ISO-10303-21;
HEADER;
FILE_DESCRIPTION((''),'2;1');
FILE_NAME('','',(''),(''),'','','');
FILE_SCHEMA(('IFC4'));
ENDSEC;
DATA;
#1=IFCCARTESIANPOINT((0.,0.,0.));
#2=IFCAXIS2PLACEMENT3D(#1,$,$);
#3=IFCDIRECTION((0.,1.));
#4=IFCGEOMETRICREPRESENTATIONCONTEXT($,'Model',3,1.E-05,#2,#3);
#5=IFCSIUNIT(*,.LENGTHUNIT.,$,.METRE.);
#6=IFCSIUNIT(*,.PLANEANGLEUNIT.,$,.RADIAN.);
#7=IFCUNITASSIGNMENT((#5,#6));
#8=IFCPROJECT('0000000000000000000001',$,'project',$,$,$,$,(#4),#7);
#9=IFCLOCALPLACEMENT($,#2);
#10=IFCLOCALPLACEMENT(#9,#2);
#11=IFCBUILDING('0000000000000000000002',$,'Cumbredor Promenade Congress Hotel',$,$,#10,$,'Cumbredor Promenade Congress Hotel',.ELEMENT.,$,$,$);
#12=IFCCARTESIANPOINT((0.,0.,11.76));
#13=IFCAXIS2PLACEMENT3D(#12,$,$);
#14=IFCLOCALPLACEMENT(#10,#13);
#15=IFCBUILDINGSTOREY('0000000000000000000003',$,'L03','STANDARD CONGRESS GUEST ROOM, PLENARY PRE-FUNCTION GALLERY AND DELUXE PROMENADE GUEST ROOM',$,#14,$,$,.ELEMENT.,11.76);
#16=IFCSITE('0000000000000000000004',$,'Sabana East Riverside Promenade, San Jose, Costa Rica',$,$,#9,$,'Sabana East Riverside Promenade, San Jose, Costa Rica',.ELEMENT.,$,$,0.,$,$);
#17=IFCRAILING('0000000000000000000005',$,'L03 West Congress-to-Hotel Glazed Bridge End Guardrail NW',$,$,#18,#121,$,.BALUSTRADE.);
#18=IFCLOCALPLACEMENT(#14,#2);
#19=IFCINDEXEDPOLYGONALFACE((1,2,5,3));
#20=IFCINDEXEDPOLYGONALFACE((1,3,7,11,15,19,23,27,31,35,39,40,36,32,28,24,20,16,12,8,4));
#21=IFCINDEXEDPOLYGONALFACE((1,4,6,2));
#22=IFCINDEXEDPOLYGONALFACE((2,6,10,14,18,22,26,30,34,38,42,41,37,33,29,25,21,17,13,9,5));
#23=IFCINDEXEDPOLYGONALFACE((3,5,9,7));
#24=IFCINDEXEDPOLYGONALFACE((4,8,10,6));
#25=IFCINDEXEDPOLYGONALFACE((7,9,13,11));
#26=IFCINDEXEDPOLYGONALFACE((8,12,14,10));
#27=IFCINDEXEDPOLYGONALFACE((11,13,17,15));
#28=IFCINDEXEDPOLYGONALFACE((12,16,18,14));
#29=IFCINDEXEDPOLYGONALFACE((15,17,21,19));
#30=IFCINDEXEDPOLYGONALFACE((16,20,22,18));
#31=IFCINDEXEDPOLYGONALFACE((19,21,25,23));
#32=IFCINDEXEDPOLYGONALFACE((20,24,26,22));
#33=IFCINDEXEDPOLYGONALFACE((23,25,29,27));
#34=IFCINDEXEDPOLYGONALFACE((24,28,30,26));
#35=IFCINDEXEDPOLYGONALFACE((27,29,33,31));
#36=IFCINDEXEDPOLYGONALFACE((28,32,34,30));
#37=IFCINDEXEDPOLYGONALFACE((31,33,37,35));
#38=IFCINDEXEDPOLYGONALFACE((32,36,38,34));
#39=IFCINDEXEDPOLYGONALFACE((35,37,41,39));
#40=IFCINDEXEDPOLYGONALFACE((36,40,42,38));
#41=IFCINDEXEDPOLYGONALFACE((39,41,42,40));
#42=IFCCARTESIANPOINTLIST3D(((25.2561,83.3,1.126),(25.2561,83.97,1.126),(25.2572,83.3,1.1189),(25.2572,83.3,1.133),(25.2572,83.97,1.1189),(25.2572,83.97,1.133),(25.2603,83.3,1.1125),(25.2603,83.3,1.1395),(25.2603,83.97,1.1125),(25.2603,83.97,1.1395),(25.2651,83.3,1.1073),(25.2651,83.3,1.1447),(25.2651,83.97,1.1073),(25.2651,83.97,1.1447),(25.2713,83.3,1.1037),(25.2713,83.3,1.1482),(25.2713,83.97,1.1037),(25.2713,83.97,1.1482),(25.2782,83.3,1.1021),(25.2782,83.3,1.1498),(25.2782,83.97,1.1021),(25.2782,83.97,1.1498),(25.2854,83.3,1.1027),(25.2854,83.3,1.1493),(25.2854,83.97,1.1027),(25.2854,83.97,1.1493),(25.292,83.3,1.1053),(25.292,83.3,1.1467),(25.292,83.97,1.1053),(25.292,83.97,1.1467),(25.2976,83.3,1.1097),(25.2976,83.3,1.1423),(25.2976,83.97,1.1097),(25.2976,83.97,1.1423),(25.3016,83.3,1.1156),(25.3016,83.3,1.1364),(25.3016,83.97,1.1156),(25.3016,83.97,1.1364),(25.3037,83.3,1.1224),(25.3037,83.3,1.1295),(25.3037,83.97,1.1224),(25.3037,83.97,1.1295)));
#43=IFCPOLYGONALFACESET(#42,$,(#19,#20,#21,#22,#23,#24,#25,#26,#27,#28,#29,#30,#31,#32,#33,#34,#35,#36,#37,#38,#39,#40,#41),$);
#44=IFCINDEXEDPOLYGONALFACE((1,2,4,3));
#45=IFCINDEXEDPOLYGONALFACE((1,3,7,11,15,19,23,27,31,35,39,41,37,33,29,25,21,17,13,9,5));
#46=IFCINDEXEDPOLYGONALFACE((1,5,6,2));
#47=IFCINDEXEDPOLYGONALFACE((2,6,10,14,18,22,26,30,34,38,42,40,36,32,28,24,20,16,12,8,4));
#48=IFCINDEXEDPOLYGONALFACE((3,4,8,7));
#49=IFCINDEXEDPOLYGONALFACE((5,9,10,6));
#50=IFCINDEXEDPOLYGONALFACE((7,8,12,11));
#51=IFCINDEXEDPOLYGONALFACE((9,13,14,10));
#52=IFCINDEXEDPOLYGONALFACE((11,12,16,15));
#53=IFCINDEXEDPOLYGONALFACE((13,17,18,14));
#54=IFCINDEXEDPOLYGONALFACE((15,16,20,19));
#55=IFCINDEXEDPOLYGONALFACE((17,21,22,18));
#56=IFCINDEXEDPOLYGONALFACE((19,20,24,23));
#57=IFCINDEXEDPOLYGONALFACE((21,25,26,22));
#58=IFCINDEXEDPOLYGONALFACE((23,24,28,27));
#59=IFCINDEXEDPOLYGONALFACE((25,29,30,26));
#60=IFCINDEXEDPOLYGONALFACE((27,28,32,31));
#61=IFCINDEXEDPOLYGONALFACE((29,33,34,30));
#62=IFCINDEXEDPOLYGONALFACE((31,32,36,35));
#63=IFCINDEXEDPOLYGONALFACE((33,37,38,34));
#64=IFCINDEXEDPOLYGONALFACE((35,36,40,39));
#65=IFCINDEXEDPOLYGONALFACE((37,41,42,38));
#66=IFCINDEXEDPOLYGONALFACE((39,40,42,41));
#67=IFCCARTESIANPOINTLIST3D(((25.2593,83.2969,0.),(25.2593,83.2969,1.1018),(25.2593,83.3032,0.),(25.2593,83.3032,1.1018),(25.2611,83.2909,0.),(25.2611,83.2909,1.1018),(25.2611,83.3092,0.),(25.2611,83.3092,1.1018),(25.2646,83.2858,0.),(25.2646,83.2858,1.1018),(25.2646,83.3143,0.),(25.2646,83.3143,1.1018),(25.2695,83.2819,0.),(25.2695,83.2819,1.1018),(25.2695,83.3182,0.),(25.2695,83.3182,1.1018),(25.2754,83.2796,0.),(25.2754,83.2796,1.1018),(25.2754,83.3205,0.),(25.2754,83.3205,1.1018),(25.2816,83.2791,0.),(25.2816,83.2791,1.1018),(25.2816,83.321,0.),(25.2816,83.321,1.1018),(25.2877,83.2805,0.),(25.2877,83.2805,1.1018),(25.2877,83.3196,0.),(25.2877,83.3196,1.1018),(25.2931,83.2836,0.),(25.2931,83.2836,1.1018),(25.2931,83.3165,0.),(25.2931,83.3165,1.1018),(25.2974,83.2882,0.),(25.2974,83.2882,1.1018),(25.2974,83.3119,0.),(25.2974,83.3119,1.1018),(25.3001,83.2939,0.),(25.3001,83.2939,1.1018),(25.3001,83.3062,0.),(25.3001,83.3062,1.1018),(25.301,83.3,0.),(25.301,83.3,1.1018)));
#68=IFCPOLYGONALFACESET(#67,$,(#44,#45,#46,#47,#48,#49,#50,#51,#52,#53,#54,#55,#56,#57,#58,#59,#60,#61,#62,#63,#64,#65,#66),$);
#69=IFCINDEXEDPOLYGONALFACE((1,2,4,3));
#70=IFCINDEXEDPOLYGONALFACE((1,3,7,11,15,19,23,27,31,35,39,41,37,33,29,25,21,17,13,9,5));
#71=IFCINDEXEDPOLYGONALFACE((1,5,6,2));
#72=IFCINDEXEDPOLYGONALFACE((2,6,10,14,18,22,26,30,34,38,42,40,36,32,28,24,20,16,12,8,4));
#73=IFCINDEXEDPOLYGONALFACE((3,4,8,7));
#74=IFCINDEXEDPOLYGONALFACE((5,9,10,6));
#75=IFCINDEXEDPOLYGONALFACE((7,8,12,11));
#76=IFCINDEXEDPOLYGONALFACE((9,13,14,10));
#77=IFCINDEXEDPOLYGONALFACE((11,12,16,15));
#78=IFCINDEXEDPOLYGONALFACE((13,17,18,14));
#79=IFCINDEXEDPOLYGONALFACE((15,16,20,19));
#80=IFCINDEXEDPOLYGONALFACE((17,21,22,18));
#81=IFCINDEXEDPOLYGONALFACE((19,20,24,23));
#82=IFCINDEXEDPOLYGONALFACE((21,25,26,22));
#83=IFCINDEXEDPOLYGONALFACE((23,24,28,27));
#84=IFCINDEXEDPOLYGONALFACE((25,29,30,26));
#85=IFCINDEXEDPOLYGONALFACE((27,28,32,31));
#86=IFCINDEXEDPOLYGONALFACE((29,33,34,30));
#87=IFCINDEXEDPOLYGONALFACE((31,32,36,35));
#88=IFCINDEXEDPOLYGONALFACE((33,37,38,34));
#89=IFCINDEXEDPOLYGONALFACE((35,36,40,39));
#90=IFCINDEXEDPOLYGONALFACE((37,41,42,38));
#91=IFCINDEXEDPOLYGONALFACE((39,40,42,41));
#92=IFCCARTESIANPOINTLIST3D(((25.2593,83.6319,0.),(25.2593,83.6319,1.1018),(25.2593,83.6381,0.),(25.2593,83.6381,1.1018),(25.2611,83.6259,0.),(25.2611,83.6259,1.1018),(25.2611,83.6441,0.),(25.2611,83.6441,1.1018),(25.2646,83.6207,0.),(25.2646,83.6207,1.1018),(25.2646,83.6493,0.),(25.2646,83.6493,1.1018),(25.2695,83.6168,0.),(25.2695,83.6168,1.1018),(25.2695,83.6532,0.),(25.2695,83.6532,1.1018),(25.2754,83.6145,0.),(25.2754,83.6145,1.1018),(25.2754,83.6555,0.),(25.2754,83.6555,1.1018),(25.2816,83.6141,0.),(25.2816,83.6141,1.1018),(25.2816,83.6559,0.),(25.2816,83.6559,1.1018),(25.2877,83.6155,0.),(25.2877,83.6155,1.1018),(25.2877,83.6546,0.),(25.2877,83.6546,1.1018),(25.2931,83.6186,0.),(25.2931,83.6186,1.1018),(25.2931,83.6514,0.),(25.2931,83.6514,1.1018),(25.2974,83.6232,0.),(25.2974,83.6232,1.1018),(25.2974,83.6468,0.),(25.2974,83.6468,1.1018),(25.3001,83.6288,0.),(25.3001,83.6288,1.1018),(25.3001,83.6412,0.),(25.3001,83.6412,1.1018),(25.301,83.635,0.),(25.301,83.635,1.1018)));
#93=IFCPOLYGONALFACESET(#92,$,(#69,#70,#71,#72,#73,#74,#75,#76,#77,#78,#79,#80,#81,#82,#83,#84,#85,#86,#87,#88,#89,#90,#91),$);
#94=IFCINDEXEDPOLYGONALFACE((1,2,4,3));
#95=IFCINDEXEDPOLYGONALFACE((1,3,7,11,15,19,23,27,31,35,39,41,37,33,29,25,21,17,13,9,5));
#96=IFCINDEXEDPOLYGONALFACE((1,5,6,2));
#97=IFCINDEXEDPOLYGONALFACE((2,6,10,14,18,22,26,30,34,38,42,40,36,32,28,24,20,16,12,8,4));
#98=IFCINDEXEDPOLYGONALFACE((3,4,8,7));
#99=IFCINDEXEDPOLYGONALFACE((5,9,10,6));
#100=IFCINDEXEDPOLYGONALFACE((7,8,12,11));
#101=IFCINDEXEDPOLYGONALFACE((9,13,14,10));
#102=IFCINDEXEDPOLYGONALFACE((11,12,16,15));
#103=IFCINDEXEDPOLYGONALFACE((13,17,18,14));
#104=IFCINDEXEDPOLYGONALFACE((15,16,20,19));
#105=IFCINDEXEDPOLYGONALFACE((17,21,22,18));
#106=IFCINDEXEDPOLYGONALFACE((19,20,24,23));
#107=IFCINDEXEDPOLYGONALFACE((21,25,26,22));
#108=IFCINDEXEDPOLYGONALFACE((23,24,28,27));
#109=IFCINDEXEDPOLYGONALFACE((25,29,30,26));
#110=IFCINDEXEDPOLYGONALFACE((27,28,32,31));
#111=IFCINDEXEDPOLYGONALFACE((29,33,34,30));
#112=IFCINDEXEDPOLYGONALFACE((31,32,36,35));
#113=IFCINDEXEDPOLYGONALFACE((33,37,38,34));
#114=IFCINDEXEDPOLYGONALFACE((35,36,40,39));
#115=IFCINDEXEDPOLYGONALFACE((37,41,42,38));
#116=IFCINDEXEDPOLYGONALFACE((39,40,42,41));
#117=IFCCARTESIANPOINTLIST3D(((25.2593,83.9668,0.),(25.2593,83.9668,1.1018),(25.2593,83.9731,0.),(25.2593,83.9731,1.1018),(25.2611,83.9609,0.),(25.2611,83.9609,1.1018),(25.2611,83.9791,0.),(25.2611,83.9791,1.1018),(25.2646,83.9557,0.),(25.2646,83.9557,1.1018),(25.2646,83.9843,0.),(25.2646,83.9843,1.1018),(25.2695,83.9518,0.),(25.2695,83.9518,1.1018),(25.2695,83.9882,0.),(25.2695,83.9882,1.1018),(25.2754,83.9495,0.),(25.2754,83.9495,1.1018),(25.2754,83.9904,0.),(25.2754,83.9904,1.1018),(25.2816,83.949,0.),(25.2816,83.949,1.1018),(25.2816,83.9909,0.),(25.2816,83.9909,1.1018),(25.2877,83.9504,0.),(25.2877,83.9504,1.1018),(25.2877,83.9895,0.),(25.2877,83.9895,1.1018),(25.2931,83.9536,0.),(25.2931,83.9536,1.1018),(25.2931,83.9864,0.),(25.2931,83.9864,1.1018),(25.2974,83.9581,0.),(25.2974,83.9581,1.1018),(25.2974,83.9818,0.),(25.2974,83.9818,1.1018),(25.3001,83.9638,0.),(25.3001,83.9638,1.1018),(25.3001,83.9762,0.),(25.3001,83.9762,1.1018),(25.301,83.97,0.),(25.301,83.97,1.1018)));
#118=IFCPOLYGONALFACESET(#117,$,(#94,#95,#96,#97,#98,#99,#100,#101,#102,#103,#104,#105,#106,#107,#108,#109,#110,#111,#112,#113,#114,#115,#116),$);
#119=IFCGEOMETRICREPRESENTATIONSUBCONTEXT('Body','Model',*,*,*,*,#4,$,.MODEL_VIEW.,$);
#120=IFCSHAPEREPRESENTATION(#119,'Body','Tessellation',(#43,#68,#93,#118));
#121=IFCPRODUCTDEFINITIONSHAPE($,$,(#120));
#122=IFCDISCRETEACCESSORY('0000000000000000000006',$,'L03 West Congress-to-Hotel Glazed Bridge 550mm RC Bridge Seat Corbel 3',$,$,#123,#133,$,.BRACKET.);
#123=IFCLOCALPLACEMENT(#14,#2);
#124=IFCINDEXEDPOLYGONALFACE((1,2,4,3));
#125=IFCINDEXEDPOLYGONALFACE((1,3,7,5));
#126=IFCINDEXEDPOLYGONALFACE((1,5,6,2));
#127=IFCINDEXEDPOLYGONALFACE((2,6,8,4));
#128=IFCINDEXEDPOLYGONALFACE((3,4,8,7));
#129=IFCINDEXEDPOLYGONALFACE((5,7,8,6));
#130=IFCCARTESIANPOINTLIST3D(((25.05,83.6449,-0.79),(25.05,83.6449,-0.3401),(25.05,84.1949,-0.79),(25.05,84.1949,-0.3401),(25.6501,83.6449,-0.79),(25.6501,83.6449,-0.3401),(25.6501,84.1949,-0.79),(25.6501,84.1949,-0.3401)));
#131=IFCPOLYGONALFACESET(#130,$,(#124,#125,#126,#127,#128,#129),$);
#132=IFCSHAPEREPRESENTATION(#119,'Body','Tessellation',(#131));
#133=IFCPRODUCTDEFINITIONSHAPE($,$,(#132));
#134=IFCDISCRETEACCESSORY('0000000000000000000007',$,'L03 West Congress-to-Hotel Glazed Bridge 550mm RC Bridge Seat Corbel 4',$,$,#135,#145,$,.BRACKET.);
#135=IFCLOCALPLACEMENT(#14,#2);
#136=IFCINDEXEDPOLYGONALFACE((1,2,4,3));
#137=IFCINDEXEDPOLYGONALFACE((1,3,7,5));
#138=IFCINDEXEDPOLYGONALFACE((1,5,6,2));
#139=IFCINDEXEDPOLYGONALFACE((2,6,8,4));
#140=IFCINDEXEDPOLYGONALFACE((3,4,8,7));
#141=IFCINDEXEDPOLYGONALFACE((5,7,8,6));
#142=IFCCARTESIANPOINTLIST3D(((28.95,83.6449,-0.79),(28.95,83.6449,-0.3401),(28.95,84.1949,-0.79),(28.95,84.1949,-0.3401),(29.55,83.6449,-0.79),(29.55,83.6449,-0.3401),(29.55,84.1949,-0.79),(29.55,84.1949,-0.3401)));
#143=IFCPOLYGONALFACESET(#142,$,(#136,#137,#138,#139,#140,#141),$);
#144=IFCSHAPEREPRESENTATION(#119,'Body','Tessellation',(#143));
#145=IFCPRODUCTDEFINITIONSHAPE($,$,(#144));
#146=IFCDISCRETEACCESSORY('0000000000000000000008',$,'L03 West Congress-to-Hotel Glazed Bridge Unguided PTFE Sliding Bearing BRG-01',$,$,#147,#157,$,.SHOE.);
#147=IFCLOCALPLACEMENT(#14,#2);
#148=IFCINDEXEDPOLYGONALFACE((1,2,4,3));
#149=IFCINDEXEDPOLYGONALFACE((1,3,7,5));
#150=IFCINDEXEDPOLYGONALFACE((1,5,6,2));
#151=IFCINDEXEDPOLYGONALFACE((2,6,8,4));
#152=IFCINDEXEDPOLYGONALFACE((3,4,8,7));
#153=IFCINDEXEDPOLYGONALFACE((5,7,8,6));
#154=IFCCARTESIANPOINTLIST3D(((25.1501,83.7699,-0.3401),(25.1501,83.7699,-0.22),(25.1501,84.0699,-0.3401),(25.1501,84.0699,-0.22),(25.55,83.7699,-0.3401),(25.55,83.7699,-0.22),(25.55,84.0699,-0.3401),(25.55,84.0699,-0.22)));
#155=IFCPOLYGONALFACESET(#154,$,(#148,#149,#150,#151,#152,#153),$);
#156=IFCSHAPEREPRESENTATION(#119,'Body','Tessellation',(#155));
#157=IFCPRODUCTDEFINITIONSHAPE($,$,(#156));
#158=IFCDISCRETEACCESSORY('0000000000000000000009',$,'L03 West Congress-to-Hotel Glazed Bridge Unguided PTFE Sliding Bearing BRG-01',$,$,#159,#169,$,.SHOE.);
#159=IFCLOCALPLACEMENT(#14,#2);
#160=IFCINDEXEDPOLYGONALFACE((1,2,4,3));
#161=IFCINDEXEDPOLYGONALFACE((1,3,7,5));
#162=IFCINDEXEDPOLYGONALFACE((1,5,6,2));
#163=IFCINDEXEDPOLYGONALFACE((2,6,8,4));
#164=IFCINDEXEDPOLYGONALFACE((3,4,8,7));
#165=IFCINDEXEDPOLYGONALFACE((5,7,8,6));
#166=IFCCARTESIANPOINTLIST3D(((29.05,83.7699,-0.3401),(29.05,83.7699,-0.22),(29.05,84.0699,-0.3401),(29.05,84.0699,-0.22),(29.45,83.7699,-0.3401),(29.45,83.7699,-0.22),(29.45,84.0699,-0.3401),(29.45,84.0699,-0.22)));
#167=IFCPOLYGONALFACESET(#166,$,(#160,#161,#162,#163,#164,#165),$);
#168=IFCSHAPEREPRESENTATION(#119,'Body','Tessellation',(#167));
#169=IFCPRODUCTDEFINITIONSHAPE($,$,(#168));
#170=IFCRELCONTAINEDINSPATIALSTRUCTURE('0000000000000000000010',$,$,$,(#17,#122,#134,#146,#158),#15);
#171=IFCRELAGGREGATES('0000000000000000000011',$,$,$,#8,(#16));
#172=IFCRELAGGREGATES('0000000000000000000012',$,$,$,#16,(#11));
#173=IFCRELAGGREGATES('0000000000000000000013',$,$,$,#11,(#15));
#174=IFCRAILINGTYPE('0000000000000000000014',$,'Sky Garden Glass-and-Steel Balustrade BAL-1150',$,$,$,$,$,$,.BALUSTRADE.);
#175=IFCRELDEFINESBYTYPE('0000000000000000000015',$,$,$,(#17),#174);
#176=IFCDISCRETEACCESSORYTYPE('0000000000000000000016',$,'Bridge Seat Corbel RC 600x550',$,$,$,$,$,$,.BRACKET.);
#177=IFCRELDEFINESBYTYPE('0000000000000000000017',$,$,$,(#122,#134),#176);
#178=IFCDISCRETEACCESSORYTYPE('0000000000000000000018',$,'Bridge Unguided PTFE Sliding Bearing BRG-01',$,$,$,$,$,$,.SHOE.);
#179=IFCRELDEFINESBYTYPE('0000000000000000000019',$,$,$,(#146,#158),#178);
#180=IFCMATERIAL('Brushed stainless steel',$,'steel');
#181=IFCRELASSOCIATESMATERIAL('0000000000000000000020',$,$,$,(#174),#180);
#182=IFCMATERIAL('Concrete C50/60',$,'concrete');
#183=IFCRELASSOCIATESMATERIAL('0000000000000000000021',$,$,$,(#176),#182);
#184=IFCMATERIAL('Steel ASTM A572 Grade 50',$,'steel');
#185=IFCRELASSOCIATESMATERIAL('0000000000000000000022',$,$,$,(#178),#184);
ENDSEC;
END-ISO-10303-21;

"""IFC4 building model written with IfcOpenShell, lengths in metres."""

from ifc_helpers import new_model, si_unit, direction, frame, origin, origin_2d, place, context, subcontext, project, spatial, rectangle, circle, extrude, material, type_object, element, save


model = new_model("IFC4")

# Units and contexts
model_context = context("Model", 3, precision=1e-05, world=origin(), true_north=direction((0.0, 1.0)))
body_context = subcontext(model_context, "Body", "Model", "MODEL_VIEW")
ifc_project = project(units=[si_unit("LENGTHUNIT", "METRE"), si_unit("PLANEANGLEUNIT", "RADIAN")], contexts=[model_context])

# Site, building, storey
site_placement = place(None, origin())
site = spatial("IfcSite", under=ifc_project, at=site_placement, Name="Sabana East Riverside Promenade, San Jose, Costa Rica", LongName="Sabana East Riverside Promenade, San Jose, Costa Rica", CompositionType="ELEMENT", RefElevation=0.0)
building_placement = place(site_placement, origin())
building = spatial("IfcBuilding", under=site, at=building_placement, Name="Cumbredor Promenade Congress Hotel", LongName="Cumbredor Promenade Congress Hotel", CompositionType="ELEMENT")
storey_placement = place(building_placement, frame((0.0, 0.0, 11.76)))
storey = spatial("IfcBuildingStorey", under=building, at=storey_placement, Name="L03", Description="STANDARD CONGRESS GUEST ROOM, PLENARY PRE-FUNCTION GALLERY AND DELUXE PROMENADE GUEST ROOM", CompositionType="ELEMENT", Elevation=11.76)

# Shared definitions
ifc_material_1 = material(Name="Steel ASTM A572 Grade 50", Category="steel")

# Railing
ifc_material_2 = material(Name="Brushed stainless steel", Category="steel")
railing_type = type_object("IfcRailingType", Name="Sky Garden Glass-and-Steel Balustrade BAL-1150", PredefinedType="BALUSTRADE", material=ifc_material_2)
railing_placement = place(storey_placement, frame((25.28, 83.3, 0.0)))
element("IfcRailing", 1, at=railing_placement, inside=storey, type_object=railing_type, Name="L03 West Congress-to-Hotel Glazed Bridge End Guardrail NW", PredefinedType="BALUSTRADE", context=body_context, shape_type="SweptSolid", body=[
    extrude(circle(Radius=0.0239, at=origin_2d()), frame((0.0, 0.0, 1.126), z_axis=(0.0, 1.0, 0.0), x_axis=(-1.0, 0.0, 0.0)), (0.0, 0.0, 1.0), 0.6699),
    extrude(circle(Radius=0.021, at=origin_2d()), origin(), (0.0, 0.0, 1.0), 1.1018),
    extrude(circle(Radius=0.021, at=origin_2d()), frame((0.0, 0.335, 0.0)), (0.0, 0.0, 1.0), 1.1018),
    extrude(circle(Radius=0.021, at=origin_2d()), frame((0.0, 0.6699, 0.0)), (0.0, 0.0, 1.0), 1.1018),
])

# Discrete accessories
ifc_material_3 = material(Name="Concrete C50/60", Category="concrete")
discrete_accessory_type_1 = type_object("IfcDiscreteAccessoryType", Name="Bridge Seat Corbel RC 600x550", PredefinedType="BRACKET", material=ifc_material_3)
for number, where, z_axis, x_axis, name in (
    (2, (25.3501, 83.9199, -0.79), (0.0, 0.0, 1.0), (0.0, 1.0, 0.0), "L03 West Congress-to-Hotel Glazed Bridge 550mm RC Bridge Seat Corbel 3"),
    (3, (29.25, 83.9199, -0.79), (0.0, 0.0, 1.0), (0.0, 1.0, 0.0), "L03 West Congress-to-Hotel Glazed Bridge 550mm RC Bridge Seat Corbel 4"),
):
    element("IfcDiscreteAccessory", number, at=place(storey_placement, frame(where, z_axis=z_axis, x_axis=x_axis)), inside=storey, type_object=discrete_accessory_type_1, Name=name, PredefinedType="BRACKET", context=body_context, shape_type="SweptSolid", body=[
        extrude(rectangle(XDim=0.55, YDim=0.6001, at=origin_2d()), origin(), (0.0, 0.0, 1.0), 0.45),
    ])
discrete_accessory_type_2 = type_object("IfcDiscreteAccessoryType", Name="Bridge Unguided PTFE Sliding Bearing BRG-01", PredefinedType="SHOE", material=ifc_material_1)
for number, where, z_axis, x_axis, name in (
    (4, (25.3501, 83.9199, -0.3401), (0.0, 0.0, 1.0), (0.0, 1.0, 0.0), "L03 West Congress-to-Hotel Glazed Bridge Unguided PTFE Sliding Bearing BRG-01"),
    (5, (29.25, 83.9199, -0.3401), (0.0, 0.0, 1.0), (0.0, 1.0, 0.0), "L03 West Congress-to-Hotel Glazed Bridge Unguided PTFE Sliding Bearing BRG-01"),
):
    element("IfcDiscreteAccessory", number, at=place(storey_placement, frame(where, z_axis=z_axis, x_axis=x_axis)), inside=storey, type_object=discrete_accessory_type_2, Name=name, PredefinedType="SHOE", context=body_context, shape_type="SweptSolid", body=[
        extrude(rectangle(XDim=0.3, YDim=0.3999, at=origin_2d()), origin(), (0.0, 0.0, 1.0), 0.1201),
    ])

save(model, "model.ifc")
